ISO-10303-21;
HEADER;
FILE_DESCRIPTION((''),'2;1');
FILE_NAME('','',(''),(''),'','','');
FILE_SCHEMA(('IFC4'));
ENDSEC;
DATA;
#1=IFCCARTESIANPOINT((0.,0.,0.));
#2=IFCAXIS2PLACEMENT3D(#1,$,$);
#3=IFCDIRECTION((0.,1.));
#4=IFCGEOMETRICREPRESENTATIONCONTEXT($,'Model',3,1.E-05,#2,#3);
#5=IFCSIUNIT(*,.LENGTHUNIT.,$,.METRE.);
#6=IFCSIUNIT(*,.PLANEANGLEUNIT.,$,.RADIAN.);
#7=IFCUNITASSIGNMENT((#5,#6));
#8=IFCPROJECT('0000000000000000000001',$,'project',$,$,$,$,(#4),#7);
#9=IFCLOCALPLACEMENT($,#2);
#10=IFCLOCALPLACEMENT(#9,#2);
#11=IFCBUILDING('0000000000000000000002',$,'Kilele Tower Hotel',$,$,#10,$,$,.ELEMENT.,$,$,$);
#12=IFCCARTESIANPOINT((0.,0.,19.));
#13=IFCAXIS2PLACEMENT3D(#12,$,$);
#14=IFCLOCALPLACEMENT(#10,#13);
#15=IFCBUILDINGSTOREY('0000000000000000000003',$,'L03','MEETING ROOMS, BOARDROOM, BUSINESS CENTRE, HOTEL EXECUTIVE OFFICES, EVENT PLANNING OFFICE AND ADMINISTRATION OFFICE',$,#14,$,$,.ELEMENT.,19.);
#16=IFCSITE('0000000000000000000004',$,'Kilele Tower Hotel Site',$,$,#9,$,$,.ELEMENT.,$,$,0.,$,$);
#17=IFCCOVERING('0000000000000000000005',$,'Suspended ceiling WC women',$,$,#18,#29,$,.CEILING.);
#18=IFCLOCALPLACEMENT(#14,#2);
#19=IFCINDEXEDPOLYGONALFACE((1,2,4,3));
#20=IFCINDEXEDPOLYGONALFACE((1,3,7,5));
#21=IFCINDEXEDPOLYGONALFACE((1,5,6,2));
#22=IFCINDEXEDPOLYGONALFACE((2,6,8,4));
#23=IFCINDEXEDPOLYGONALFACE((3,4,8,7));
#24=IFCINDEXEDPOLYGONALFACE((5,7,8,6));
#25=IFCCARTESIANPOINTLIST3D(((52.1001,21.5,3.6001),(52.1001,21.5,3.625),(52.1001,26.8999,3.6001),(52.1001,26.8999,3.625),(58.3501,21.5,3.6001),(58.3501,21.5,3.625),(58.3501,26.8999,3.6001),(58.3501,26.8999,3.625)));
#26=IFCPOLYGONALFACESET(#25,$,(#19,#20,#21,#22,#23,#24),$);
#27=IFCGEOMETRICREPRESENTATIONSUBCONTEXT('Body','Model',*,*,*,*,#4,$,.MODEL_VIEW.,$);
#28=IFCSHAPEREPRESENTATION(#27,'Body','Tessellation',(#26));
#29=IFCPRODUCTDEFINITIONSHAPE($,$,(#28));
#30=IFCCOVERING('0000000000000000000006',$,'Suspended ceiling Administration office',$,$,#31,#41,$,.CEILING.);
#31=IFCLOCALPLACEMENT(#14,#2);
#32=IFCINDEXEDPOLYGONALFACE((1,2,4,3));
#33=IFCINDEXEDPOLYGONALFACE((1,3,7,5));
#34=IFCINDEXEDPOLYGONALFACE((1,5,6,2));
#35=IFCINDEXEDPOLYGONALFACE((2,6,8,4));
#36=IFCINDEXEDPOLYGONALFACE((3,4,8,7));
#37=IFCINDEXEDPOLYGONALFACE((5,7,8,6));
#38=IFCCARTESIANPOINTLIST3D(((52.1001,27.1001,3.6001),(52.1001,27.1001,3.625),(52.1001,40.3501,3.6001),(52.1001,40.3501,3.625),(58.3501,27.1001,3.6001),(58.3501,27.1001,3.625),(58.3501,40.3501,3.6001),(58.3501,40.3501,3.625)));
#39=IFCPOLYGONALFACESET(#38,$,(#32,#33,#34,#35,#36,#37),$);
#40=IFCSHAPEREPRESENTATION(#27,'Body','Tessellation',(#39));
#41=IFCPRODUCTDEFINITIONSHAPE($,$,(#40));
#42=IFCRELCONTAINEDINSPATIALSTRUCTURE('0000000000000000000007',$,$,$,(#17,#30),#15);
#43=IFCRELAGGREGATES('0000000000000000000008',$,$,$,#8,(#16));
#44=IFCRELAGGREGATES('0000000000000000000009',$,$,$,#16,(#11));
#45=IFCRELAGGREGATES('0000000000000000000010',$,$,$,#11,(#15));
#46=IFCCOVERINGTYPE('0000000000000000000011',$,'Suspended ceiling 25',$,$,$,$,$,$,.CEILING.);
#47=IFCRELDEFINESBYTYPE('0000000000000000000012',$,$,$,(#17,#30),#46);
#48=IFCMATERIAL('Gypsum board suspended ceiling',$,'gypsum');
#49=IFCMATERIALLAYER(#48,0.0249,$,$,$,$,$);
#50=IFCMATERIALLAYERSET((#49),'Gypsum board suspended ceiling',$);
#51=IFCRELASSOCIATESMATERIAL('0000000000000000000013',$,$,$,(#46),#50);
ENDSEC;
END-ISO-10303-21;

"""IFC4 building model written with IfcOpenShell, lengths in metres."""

from ifc_helpers import new_model, si_unit, direction, frame, origin, place, context, subcontext, project, spatial, polyline, outline, extrude, material, layer, layer_set, type_object, element, save


model = new_model("IFC4")

# Units and contexts
model_context = context("Model", 3, precision=1e-05, world=origin(), true_north=direction((0.0, 1.0)))
body_context = subcontext(model_context, "Body", "Model", "MODEL_VIEW")
ifc_project = project(units=[si_unit("LENGTHUNIT", "METRE"), si_unit("PLANEANGLEUNIT", "RADIAN")], contexts=[model_context])

# Site, building, storey
site_placement = place(None, origin())
site = spatial("IfcSite", under=ifc_project, at=site_placement, Name="Kilele Tower Hotel Site", CompositionType="ELEMENT", RefElevation=0.0)
building_placement = place(site_placement, origin())
building = spatial("IfcBuilding", under=site, at=building_placement, Name="Kilele Tower Hotel", CompositionType="ELEMENT")
storey_placement = place(building_placement, frame((0.0, 0.0, 19.0)))
storey = spatial("IfcBuildingStorey", under=building, at=storey_placement, Name="L03", Description="MEETING ROOMS, BOARDROOM, BUSINESS CENTRE, HOTEL EXECUTIVE OFFICES, EVENT PLANNING OFFICE AND ADMINISTRATION OFFICE", CompositionType="ELEMENT", Elevation=19.0)

# Coverings
ifc_material_1 = material(Name="Gypsum board suspended ceiling", Category="gypsum")
ifc_layer_1 = layer(ifc_material_1, 0.0249)
ifc_layer_set_1 = layer_set([ifc_layer_1], Name="Gypsum board suspended ceiling")
covering_type = type_object("IfcCoveringType", Name="Suspended ceiling 25", PredefinedType="CEILING", material=ifc_layer_set_1)
covering_1_placement = place(storey_placement, frame((0.0, 0.0, 3.6001)))
element("IfcCovering", 1, at=covering_1_placement, inside=storey, type_object=covering_type, Name="Suspended ceiling WC women", PredefinedType="CEILING", context=body_context, shape_type="SweptSolid", body=[
    extrude(outline(polyline([(58.3501, 21.5), (52.1001, 21.5), (52.1001, 26.8999), (58.3501, 26.8999), (58.3501, 21.5)])), origin(), (0.0, 0.0, 1.0), 0.0249),
])
covering_2_placement = place(storey_placement, frame((0.0, 0.0, 3.6001)))
element("IfcCovering", 2, at=covering_2_placement, inside=storey, type_object=covering_type, Name="Suspended ceiling Administration office", PredefinedType="CEILING", context=body_context, shape_type="SweptSolid", body=[
    extrude(outline(polyline([(58.3501, 27.1001), (52.1001, 27.1001), (52.1001, 40.3501), (58.3501, 40.3501), (58.3501, 27.1001)])), origin(), (0.0, 0.0, 1.0), 0.0249),
])

save(model, "model.ifc")
